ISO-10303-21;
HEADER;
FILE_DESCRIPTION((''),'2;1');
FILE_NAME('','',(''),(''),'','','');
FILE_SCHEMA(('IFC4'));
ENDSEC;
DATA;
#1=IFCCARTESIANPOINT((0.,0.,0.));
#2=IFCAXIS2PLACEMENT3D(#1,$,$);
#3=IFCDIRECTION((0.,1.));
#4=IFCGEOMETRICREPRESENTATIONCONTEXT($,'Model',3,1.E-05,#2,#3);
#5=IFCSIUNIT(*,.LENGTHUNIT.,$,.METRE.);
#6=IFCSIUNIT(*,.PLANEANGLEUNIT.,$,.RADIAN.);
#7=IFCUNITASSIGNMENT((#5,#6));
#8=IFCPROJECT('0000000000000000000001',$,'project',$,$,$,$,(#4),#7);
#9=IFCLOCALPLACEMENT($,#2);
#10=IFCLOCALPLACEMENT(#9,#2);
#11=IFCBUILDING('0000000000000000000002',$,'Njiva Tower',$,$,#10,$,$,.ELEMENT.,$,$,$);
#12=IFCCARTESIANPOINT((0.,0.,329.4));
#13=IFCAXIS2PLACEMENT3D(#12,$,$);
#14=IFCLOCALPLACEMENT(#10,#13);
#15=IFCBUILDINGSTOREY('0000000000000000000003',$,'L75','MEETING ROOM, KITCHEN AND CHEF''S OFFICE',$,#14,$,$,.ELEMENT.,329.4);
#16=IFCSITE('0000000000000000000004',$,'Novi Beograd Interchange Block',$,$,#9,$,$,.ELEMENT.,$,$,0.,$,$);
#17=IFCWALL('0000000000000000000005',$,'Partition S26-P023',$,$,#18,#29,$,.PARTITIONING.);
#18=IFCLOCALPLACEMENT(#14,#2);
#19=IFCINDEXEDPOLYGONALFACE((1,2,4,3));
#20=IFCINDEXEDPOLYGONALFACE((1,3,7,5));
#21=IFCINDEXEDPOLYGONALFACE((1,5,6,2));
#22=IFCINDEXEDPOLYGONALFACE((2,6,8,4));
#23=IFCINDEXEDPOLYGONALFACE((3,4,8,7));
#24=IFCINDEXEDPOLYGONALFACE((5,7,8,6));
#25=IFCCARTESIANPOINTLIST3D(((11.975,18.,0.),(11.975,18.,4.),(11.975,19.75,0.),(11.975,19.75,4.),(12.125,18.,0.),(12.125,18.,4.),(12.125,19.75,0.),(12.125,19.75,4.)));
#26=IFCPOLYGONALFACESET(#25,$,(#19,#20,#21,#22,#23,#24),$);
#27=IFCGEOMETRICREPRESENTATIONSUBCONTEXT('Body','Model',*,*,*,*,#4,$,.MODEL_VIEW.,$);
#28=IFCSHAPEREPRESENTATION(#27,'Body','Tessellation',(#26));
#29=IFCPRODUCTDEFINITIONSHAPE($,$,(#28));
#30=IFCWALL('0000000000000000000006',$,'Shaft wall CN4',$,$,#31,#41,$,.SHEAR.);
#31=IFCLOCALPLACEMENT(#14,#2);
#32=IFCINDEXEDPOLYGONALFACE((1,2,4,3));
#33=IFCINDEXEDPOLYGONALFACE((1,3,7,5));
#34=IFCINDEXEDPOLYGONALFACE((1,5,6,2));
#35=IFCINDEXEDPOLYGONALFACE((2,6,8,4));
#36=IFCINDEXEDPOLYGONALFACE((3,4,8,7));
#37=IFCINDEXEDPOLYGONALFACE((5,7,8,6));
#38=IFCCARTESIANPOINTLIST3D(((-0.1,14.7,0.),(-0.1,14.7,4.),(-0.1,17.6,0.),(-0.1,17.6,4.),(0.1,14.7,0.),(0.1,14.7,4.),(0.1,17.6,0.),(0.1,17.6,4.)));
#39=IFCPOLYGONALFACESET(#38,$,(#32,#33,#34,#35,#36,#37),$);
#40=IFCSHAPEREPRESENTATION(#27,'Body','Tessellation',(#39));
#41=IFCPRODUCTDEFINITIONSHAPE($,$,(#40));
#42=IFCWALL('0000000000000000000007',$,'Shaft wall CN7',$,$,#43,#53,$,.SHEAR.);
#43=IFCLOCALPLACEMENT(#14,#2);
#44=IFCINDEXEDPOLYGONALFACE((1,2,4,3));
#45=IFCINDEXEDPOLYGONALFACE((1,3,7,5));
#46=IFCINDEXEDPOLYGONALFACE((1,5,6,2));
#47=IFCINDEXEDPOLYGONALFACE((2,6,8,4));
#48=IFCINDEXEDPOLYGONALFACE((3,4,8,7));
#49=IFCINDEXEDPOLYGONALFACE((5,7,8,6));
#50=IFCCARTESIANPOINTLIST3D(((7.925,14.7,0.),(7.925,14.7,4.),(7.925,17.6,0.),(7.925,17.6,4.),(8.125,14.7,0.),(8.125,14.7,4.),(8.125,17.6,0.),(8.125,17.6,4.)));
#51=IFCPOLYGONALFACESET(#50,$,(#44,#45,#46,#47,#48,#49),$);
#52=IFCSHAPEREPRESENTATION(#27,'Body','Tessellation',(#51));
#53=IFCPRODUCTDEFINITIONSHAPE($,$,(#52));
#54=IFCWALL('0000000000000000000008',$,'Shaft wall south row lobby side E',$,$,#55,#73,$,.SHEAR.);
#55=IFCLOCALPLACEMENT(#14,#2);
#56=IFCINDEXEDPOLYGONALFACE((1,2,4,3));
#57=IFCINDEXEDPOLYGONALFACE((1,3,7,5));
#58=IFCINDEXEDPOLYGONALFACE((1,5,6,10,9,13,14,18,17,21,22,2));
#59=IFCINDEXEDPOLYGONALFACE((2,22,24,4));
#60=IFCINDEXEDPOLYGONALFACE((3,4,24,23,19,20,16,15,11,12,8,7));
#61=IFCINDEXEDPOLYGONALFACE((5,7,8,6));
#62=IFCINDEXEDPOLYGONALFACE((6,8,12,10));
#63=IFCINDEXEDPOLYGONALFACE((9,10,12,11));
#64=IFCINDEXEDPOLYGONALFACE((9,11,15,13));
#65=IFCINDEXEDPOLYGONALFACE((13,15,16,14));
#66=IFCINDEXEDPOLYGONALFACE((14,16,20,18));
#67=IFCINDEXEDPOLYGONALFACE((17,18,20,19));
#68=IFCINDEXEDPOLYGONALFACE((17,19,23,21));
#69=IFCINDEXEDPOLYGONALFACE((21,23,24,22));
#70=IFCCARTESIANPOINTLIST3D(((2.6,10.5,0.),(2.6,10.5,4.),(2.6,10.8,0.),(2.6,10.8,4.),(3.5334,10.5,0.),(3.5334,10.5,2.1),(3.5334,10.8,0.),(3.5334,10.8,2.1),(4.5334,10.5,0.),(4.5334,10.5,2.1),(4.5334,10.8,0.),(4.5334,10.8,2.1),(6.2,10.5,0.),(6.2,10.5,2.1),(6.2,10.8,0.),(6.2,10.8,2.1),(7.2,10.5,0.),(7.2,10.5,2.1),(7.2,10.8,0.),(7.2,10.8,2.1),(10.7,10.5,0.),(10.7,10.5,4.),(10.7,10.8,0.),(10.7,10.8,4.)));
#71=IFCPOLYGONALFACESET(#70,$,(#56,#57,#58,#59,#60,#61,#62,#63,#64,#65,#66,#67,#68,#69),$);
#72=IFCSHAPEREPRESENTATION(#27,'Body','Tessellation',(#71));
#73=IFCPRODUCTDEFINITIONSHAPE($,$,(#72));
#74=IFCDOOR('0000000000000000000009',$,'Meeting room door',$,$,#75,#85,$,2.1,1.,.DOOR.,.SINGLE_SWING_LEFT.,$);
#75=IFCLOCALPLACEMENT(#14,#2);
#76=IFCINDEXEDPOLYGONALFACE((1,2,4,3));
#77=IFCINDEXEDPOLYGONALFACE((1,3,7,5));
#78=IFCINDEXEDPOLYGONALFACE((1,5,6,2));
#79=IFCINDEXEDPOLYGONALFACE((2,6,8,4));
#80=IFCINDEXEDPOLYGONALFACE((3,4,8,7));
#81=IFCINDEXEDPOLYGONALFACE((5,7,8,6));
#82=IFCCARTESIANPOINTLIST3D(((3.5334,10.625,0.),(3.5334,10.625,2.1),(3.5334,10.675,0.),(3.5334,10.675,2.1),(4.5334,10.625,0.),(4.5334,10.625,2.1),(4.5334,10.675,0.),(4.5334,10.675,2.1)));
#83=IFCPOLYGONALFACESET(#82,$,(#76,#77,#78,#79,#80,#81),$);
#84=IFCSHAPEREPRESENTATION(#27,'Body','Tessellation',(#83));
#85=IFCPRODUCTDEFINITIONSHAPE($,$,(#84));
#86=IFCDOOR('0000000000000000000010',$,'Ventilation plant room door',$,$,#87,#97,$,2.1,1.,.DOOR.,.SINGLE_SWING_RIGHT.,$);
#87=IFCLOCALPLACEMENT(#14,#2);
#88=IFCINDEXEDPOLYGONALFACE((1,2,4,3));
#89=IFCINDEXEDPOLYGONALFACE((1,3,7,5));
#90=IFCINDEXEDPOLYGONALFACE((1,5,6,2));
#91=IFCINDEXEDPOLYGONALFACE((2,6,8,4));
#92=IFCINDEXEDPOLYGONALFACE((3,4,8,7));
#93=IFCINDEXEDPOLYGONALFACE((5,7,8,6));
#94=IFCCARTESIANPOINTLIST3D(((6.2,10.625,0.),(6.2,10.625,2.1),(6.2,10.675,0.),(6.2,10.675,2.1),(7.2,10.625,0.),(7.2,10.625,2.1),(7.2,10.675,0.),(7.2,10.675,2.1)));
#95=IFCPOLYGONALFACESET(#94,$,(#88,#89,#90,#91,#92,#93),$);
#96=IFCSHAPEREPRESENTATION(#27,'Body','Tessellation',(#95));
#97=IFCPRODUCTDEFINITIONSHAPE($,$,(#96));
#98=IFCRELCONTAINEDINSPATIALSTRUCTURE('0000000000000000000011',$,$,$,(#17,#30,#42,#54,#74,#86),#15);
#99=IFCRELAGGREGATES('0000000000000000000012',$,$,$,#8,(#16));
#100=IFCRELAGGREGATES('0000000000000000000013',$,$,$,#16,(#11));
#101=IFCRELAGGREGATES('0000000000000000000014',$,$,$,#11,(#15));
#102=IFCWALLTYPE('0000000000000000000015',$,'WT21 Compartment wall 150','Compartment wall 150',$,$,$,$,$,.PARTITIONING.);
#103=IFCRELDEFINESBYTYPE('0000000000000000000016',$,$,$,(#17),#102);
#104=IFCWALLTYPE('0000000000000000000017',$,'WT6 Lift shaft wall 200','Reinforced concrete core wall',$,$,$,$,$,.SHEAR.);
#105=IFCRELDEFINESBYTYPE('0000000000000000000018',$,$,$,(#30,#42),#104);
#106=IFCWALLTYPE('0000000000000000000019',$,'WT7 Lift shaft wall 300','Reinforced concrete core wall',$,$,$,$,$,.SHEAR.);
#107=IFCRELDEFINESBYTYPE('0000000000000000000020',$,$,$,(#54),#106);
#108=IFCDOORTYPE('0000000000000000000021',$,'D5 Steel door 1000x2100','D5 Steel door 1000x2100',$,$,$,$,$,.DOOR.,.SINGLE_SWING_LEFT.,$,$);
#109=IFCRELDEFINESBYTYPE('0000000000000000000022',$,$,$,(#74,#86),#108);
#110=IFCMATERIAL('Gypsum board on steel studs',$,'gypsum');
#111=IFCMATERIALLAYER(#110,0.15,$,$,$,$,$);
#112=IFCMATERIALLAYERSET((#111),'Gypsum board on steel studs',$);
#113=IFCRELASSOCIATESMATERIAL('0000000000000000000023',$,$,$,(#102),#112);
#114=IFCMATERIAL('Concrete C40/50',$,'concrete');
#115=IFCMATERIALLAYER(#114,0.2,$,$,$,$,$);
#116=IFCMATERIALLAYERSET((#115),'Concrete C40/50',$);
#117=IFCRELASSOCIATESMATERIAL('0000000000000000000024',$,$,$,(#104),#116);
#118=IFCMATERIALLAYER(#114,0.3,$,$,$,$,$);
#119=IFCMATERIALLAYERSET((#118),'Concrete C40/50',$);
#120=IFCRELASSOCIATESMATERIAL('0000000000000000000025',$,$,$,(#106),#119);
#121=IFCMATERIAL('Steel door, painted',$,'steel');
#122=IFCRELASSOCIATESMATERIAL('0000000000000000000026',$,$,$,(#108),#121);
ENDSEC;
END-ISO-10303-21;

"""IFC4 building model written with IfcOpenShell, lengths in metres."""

from ifc_helpers import new_model, si_unit, direction, frame, frame_2d, origin, place, context, subcontext, project, spatial, rectangle, extrude, material, layer, layer_set, type_object, element, fill, save


model = new_model("IFC4")

# Units and contexts
model_context = context("Model", 3, precision=1e-05, world=origin(), true_north=direction((0.0, 1.0)))
body_context = subcontext(model_context, "Body", "Model", "MODEL_VIEW")
ifc_project = project(units=[si_unit("LENGTHUNIT", "METRE"), si_unit("PLANEANGLEUNIT", "RADIAN")], contexts=[model_context])

# Site, building, storey
site_placement = place(None, origin())
site = spatial("IfcSite", under=ifc_project, at=site_placement, Name="Novi Beograd Interchange Block", CompositionType="ELEMENT", RefElevation=0.0)
building_placement = place(site_placement, origin())
building = spatial("IfcBuilding", under=site, at=building_placement, Name="Njiva Tower", CompositionType="ELEMENT")
storey_placement = place(building_placement, frame((0.0, 0.0, 329.4)))
storey = spatial("IfcBuildingStorey", under=building, at=storey_placement, Name="L75", Description="MEETING ROOM, KITCHEN AND CHEF'S OFFICE", CompositionType="ELEMENT", Elevation=329.4)

# Shared definitions
ifc_material_1 = material(Name="Concrete C40/50", Category="concrete")

# Walls
ifc_material_2 = material(Name="Gypsum board on steel studs", Category="gypsum")
ifc_layer_1 = layer(ifc_material_2, 0.15)
ifc_layer_set_1 = layer_set([ifc_layer_1], Name="Gypsum board on steel studs")
wall_type_1 = type_object("IfcWallType", Name="WT21 Compartment wall 150", Description="Compartment wall 150", PredefinedType="PARTITIONING", material=ifc_layer_set_1)
wall_1_placement = place(storey_placement, frame((12.05, 18.0, 0.0), z_axis=(0.0, 0.0, 1.0), x_axis=(0.0, 1.0, 0.0)))
element("IfcWall", 1, at=wall_1_placement, inside=storey, type_object=wall_type_1, Name="Partition S26-P023", PredefinedType="PARTITIONING", context=body_context, shape_type="SweptSolid", body=[
    extrude(rectangle(XDim=1.75, YDim=0.15, at=frame_2d((0.875, 0.0))), origin(), (0.0, 0.0, 1.0), 4.0),
])
ifc_layer_2 = layer(ifc_material_1, 0.2)
ifc_layer_set_2 = layer_set([ifc_layer_2], Name="Concrete C40/50")
wall_type_2 = type_object("IfcWallType", Name="WT6 Lift shaft wall 200", Description="Reinforced concrete core wall", PredefinedType="SHEAR", material=ifc_layer_set_2)
for number, where, z_axis, x_axis, name in (
    (2, (0.0, 14.7, 0.0), (0.0, 0.0, 1.0), (0.0, 1.0, 0.0), "Shaft wall CN4"),
    (3, (8.025, 14.7, 0.0), (0.0, 0.0, 1.0), (0.0, 1.0, 0.0), "Shaft wall CN7"),
):
    element("IfcWall", number, at=place(storey_placement, frame(where, z_axis=z_axis, x_axis=x_axis)), inside=storey, type_object=wall_type_2, Name=name, PredefinedType="SHEAR", context=body_context, shape_type="SweptSolid", body=[
        extrude(rectangle(XDim=2.9, YDim=0.2, at=frame_2d((1.45, 0.0))), origin(), (0.0, 0.0, 1.0), 4.0),
    ])

# Wall, openings, doors
ifc_layer_3 = layer(ifc_material_1, 0.3)
ifc_layer_set_3 = layer_set([ifc_layer_3], Name="Concrete C40/50")
wall_type_3 = type_object("IfcWallType", Name="WT7 Lift shaft wall 300", Description="Reinforced concrete core wall", PredefinedType="SHEAR", material=ifc_layer_set_3)
wall_2_placement = place(storey_placement, frame((2.6, 10.65, 0.0), z_axis=(0.0, 0.0, 1.0), x_axis=(1.0, 0.0, 0.0)))
wall_2 = element("IfcWall", 4, at=wall_2_placement, inside=storey, type_object=wall_type_3, Name="Shaft wall south row lobby side E", PredefinedType="SHEAR", context=body_context, shape_type="SweptSolid", body=[
    extrude(rectangle(XDim=8.1, YDim=0.3, at=frame_2d((4.05, 0.0))), origin(), (0.0, 0.0, 1.0), 4.0),
])
opening_1_placement = place(wall_2_placement, frame((0.9334, 0.0, 0.0)))
opening_1 = element("IfcOpeningElement", 5, at=opening_1_placement, cuts=wall_2, PredefinedType="OPENING", context=body_context, shape_type="SweptSolid", body=[
    extrude(rectangle(XDim=1.0, YDim=2.1, at=frame_2d((0.5, 1.05))), frame((0.0, 0.16, 0.0), z_axis=(0.0, -1.0, 0.0), x_axis=(1.0, 0.0, 0.0)), (0.0, 0.0, 1.0), 0.32),
])
opening_2_placement = place(wall_2_placement, frame((3.6, 0.0, 0.0)))
opening_2 = element("IfcOpeningElement", 6, at=opening_2_placement, cuts=wall_2, PredefinedType="OPENING", context=body_context, shape_type="SweptSolid", body=[
    extrude(rectangle(XDim=1.0, YDim=2.1, at=frame_2d((0.5, 1.05))), frame((0.0, 0.16, 0.0), z_axis=(0.0, -1.0, 0.0), x_axis=(1.0, 0.0, 0.0)), (0.0, 0.0, 1.0), 0.32),
])
ifc_material_3 = material(Name="Steel door, painted", Category="steel")
door_type_1 = type_object("IfcDoorType", Name="D5 Steel door 1000x2100", Description="D5 Steel door 1000x2100", OperationType="SINGLE_SWING_LEFT", PredefinedType="DOOR", material=ifc_material_3)
door_1_placement = place(opening_1_placement, origin())
door_1 = element("IfcDoor", 7, at=door_1_placement, inside=storey, type_object=door_type_1, Name="Meeting room door", OperationType="SINGLE_SWING_LEFT", OverallHeight=2.1, OverallWidth=1.0, PredefinedType="DOOR", context=body_context, shape_type="SweptSolid", body=[
    extrude(rectangle(XDim=1.0, YDim=2.1, at=frame_2d((0.5, 1.05))), frame((0.0, 0.025, 0.0), z_axis=(0.0, -1.0, 0.0), x_axis=(1.0, 0.0, 0.0)), (0.0, 0.0, 1.0), 0.05),
])
fill(opening_1, door_1)
door_2_placement = place(opening_2_placement, origin())
door_2 = element("IfcDoor", 8, at=door_2_placement, inside=storey, type_object=door_type_1, Name="Ventilation plant room door", OperationType="SINGLE_SWING_RIGHT", OverallHeight=2.1, OverallWidth=1.0, PredefinedType="DOOR", context=body_context, shape_type="SweptSolid", body=[
    extrude(rectangle(XDim=1.0, YDim=2.1, at=frame_2d((0.5, 1.05))), frame((0.0, 0.025, 0.0), z_axis=(0.0, -1.0, 0.0), x_axis=(1.0, 0.0, 0.0)), (0.0, 0.0, 1.0), 0.05),
])
fill(opening_2, door_2)

save(model, "model.ifc")
